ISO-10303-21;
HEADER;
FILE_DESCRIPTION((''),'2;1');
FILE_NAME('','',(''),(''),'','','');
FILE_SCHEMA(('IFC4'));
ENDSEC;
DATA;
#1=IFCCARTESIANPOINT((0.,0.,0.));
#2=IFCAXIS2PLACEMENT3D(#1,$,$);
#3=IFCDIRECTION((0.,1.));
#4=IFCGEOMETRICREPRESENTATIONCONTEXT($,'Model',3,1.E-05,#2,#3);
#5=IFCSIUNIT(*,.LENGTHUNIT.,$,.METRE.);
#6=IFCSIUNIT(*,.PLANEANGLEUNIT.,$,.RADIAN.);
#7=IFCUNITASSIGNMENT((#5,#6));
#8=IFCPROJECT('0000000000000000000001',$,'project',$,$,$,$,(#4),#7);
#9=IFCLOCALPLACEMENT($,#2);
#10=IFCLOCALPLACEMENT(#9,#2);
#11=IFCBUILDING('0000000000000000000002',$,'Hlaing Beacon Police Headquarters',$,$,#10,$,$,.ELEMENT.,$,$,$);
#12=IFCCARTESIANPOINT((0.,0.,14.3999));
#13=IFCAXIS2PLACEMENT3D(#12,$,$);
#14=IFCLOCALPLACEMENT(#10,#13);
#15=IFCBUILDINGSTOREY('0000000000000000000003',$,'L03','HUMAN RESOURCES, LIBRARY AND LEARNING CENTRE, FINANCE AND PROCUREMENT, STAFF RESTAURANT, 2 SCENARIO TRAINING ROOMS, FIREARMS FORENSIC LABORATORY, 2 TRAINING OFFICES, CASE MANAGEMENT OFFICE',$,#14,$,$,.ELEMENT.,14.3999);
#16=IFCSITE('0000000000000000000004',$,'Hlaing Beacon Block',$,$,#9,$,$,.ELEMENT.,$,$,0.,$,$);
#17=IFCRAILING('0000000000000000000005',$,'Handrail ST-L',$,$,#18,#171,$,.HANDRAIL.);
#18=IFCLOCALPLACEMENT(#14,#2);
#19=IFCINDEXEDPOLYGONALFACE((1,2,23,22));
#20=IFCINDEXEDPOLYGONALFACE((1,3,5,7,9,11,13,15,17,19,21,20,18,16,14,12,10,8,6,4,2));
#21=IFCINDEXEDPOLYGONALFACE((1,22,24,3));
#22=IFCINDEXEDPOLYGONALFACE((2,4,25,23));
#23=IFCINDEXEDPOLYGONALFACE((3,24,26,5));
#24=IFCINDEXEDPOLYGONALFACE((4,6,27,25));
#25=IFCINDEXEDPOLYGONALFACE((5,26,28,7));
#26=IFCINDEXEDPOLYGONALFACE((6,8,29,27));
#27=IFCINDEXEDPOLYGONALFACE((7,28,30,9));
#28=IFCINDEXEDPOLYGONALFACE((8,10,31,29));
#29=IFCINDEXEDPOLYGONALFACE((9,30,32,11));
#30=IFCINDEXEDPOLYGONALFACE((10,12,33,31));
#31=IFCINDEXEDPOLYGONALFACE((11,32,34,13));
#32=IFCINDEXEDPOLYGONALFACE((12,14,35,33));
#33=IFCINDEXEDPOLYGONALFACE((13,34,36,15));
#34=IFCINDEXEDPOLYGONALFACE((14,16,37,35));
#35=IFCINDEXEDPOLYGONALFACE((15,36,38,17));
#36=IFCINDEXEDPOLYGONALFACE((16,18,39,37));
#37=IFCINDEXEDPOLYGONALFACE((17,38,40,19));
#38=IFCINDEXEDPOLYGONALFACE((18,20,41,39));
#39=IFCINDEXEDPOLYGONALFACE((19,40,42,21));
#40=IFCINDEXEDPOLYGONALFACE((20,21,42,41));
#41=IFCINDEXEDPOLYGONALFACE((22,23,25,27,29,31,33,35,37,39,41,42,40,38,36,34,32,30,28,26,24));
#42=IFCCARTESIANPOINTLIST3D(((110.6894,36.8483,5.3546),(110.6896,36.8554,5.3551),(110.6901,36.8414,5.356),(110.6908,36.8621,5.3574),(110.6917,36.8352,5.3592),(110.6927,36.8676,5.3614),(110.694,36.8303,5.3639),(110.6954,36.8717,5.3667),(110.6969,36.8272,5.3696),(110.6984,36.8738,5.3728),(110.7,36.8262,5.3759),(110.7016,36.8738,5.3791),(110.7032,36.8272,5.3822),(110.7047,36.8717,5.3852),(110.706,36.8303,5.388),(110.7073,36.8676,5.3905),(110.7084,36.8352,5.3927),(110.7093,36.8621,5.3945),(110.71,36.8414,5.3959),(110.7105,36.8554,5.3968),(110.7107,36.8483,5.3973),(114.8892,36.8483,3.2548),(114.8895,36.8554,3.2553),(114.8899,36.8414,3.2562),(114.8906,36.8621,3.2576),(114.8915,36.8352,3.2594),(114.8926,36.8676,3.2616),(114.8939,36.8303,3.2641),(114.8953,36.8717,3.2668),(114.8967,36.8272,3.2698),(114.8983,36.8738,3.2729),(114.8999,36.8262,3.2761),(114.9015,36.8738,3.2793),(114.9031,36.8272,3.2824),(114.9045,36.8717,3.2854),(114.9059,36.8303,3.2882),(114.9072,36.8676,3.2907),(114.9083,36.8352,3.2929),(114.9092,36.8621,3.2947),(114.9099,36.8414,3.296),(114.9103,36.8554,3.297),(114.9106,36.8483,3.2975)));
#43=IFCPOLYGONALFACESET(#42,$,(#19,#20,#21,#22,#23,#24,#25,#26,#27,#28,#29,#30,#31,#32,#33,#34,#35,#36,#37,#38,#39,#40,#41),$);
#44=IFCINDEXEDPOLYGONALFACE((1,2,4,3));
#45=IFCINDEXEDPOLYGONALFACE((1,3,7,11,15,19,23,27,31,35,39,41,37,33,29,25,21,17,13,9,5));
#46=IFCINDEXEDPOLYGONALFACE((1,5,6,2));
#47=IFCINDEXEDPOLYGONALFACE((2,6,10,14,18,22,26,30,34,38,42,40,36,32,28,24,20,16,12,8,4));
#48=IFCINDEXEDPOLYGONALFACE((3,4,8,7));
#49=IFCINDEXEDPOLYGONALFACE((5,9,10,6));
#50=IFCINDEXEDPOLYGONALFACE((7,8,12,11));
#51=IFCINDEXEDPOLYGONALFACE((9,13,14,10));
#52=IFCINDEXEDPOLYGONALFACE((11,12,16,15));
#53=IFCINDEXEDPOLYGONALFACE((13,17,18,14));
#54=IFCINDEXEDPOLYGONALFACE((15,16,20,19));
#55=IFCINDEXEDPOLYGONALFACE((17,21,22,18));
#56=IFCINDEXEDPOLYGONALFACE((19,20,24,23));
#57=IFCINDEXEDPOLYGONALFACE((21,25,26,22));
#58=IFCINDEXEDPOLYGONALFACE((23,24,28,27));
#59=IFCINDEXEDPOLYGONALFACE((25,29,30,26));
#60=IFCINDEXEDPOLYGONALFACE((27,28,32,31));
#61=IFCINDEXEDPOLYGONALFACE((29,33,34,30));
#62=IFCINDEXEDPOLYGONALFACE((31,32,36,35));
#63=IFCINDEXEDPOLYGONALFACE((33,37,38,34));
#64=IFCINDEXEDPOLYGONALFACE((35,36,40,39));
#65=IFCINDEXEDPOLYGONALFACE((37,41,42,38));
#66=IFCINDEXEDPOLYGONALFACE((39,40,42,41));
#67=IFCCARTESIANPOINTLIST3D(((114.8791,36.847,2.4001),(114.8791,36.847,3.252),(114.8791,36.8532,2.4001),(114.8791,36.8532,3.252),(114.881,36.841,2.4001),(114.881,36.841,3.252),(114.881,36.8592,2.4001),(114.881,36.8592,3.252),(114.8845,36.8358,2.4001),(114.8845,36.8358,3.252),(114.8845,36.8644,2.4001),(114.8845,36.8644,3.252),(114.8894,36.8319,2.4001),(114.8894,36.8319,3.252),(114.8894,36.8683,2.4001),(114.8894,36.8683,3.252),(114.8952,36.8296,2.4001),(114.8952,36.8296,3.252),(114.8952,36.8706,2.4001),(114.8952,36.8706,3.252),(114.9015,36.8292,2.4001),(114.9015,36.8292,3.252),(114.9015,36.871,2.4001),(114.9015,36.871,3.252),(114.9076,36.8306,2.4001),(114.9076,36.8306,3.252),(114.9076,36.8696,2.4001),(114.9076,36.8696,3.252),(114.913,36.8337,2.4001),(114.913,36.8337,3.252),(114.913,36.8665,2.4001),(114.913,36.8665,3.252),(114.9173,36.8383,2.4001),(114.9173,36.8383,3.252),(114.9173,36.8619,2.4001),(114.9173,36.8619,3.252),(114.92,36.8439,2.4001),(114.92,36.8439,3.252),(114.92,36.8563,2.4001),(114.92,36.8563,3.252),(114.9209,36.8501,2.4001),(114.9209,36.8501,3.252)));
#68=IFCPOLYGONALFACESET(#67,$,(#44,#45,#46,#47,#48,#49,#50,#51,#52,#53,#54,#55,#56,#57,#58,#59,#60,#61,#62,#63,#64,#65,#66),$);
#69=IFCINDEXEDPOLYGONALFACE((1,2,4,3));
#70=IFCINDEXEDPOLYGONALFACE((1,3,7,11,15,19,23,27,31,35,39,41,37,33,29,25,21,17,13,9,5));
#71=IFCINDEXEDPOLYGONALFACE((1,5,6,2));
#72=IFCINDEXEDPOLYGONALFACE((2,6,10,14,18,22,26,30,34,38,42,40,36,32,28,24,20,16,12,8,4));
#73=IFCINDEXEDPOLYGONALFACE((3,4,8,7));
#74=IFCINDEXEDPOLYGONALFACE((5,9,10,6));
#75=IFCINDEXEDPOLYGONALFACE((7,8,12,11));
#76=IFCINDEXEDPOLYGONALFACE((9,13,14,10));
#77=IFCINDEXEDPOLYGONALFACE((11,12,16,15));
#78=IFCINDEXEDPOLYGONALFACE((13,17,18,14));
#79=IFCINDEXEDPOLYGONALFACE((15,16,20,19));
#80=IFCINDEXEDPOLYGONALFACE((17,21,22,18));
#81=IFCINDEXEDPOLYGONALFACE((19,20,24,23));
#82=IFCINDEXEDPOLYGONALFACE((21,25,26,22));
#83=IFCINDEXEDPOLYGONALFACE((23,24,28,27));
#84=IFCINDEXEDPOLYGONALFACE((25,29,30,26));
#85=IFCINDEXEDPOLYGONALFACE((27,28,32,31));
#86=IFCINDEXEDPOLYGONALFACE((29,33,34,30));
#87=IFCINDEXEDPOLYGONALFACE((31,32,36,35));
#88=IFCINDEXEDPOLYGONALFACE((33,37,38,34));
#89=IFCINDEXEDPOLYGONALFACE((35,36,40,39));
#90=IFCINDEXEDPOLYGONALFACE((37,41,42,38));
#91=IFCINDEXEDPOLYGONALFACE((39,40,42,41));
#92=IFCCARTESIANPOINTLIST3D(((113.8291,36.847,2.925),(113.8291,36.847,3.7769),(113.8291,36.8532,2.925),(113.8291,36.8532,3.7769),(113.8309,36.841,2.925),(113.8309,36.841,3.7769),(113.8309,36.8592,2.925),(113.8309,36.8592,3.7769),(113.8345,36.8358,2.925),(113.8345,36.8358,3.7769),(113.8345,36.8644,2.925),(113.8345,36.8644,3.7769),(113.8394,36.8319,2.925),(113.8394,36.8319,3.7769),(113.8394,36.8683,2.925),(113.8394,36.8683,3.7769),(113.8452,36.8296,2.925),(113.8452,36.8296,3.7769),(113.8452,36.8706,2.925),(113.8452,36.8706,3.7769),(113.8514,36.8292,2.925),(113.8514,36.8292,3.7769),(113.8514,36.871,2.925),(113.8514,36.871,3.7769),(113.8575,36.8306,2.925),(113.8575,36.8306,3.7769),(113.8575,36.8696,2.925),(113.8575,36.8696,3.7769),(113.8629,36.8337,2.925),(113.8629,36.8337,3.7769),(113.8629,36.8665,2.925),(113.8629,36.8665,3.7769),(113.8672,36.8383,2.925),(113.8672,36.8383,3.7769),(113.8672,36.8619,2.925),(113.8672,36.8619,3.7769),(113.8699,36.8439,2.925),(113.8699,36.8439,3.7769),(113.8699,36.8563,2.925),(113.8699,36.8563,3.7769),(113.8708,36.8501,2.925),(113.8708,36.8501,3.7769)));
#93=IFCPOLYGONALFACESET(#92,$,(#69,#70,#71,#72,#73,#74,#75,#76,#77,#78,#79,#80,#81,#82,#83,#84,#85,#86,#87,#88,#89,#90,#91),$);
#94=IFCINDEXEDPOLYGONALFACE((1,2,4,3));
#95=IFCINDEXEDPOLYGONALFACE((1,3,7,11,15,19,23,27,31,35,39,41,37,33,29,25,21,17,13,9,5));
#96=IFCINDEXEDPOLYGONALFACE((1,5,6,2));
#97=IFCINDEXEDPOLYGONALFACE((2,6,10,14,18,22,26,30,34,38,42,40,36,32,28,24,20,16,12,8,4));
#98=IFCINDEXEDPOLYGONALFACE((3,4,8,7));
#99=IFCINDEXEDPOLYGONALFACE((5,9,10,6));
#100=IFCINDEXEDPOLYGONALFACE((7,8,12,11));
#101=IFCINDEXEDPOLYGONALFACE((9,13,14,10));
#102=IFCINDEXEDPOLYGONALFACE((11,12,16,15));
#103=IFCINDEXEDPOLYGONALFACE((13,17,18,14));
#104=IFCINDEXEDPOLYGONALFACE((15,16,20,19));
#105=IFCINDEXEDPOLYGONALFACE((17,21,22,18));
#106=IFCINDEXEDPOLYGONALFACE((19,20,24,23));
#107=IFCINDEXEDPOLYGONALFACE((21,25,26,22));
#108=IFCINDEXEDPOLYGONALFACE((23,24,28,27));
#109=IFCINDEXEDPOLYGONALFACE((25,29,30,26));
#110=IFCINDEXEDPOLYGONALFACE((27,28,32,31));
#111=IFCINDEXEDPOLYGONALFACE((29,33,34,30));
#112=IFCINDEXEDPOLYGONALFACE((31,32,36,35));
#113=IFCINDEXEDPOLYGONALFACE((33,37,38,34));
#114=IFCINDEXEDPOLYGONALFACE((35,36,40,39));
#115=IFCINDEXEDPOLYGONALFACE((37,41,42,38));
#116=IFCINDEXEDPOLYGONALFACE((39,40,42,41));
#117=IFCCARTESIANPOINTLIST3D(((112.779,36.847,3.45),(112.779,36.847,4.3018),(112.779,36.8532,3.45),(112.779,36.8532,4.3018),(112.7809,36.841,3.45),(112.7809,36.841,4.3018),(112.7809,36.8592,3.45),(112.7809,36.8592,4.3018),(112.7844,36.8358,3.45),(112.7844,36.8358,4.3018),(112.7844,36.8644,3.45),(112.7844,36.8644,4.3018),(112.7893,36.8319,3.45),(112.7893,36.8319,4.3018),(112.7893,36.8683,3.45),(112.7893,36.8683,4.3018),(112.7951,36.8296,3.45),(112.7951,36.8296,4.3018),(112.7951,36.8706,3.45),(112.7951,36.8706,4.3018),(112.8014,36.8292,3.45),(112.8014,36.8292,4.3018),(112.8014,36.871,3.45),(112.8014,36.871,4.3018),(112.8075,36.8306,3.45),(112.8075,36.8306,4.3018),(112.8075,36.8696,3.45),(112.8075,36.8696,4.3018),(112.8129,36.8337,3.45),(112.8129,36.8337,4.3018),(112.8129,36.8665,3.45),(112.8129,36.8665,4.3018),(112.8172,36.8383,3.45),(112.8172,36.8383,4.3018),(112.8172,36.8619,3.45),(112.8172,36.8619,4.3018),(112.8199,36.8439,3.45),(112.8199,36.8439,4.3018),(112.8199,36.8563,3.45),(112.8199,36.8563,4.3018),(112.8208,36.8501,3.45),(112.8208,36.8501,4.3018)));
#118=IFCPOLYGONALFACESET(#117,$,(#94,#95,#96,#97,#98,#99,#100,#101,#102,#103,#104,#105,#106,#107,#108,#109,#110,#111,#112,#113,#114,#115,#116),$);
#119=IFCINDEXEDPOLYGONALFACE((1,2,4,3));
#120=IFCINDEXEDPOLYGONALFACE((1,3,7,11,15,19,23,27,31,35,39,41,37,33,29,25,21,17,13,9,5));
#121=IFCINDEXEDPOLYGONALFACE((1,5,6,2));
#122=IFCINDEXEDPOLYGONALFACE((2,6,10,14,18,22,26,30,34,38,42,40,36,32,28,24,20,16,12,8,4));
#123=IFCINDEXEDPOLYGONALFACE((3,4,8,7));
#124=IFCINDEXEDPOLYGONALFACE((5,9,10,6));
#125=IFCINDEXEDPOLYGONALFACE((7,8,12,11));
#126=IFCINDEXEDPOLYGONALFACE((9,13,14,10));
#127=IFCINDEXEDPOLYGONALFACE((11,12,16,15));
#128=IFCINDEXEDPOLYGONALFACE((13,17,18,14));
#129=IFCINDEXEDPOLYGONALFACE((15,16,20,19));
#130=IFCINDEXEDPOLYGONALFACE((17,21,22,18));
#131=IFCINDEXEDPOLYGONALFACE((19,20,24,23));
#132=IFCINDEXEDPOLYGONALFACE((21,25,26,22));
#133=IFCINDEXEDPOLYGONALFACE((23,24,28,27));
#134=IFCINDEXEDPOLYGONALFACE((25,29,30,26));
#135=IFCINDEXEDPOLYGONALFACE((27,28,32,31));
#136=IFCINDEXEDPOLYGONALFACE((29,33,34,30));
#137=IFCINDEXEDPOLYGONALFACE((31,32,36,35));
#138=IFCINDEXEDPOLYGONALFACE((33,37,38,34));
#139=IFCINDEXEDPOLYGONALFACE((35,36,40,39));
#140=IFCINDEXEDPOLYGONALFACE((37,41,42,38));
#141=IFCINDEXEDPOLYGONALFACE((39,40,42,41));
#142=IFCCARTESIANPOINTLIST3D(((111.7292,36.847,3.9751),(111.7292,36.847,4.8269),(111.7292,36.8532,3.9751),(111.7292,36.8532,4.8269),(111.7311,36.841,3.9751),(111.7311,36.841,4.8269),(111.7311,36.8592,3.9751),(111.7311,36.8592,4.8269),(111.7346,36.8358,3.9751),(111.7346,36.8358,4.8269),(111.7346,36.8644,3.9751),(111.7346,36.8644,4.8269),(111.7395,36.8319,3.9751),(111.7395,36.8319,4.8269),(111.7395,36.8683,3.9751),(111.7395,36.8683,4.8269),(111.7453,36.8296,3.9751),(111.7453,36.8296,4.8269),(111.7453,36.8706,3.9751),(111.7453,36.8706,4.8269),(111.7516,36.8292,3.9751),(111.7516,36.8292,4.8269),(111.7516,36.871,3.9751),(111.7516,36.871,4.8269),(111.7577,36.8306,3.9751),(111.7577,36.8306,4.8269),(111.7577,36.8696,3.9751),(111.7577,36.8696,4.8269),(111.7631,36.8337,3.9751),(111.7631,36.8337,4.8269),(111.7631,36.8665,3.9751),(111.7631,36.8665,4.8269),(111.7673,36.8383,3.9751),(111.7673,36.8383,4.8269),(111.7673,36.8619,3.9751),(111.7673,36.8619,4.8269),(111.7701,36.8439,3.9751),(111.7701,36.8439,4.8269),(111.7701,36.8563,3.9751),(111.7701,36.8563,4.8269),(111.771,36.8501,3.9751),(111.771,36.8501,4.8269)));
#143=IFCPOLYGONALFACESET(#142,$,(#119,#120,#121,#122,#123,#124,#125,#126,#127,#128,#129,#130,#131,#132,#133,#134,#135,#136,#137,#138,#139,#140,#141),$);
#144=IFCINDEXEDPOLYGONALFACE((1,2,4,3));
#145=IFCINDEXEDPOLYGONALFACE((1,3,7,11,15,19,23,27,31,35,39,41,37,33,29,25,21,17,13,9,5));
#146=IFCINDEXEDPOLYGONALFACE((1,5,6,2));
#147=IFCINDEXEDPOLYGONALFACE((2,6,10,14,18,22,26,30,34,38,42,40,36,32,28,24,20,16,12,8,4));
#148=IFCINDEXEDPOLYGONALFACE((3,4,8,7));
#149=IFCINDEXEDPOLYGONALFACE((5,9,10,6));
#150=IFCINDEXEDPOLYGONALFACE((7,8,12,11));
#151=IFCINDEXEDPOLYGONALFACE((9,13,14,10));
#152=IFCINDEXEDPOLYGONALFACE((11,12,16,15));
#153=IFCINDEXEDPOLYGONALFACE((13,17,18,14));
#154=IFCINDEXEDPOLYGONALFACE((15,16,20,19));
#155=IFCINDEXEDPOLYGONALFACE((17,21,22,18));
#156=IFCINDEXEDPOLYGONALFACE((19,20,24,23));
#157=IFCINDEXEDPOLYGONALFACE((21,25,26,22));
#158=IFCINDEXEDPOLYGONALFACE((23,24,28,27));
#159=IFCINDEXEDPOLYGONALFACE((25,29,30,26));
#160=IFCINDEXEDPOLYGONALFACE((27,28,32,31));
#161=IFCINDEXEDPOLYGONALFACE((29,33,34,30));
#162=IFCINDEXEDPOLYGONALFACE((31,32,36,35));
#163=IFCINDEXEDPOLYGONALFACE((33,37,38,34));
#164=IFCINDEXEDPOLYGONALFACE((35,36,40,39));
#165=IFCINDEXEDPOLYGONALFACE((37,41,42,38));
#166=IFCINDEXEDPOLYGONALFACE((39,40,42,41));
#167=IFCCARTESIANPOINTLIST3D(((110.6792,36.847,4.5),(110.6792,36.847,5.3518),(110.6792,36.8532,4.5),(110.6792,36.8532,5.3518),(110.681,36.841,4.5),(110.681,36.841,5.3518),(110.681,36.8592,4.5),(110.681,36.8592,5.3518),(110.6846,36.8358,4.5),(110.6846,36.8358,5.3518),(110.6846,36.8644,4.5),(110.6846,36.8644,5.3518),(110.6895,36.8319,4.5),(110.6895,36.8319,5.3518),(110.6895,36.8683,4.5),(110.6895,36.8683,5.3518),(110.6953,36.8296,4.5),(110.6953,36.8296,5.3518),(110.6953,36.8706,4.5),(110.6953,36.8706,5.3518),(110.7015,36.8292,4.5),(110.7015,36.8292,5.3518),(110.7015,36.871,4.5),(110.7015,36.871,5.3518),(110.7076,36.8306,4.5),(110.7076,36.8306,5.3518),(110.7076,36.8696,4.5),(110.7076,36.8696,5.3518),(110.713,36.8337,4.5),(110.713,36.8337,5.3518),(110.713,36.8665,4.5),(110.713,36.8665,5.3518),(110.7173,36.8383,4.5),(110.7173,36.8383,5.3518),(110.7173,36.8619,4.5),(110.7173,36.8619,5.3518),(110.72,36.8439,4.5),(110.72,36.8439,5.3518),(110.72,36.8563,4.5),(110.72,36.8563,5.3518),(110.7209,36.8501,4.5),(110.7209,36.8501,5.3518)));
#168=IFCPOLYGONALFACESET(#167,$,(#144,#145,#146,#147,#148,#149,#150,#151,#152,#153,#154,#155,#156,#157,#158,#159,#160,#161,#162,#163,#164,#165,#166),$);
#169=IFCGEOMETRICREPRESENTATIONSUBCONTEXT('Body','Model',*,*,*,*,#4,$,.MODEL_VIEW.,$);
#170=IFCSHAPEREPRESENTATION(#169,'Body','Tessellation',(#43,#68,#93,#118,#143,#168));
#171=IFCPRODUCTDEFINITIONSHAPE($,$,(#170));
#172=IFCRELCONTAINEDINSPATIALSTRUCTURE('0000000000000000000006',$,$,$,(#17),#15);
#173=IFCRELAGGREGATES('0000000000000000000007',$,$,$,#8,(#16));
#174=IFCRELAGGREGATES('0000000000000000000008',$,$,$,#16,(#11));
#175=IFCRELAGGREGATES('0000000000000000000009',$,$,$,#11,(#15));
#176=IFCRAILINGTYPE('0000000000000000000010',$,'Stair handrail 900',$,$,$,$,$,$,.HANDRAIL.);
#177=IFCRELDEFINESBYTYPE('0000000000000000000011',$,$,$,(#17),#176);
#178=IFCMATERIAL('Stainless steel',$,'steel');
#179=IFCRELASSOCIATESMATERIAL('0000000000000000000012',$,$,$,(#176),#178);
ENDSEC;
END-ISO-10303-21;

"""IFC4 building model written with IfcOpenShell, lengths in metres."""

from ifc_helpers import new_model, si_unit, direction, frame, origin, origin_2d, place, context, subcontext, project, spatial, circle, extrude, material, type_object, element, save


model = new_model("IFC4")

# Units and contexts
model_context = context("Model", 3, precision=1e-05, world=origin(), true_north=direction((0.0, 1.0)))
body_context = subcontext(model_context, "Body", "Model", "MODEL_VIEW")
ifc_project = project(units=[si_unit("LENGTHUNIT", "METRE"), si_unit("PLANEANGLEUNIT", "RADIAN")], contexts=[model_context])

# Site, building, storey
site_placement = place(None, origin())
site = spatial("IfcSite", under=ifc_project, at=site_placement, Name="Hlaing Beacon Block", CompositionType="ELEMENT", RefElevation=0.0)
building_placement = place(site_placement, origin())
building = spatial("IfcBuilding", under=site, at=building_placement, Name="Hlaing Beacon Police Headquarters", CompositionType="ELEMENT")
storey_placement = place(building_placement, frame((0.0, 0.0, 14.3999)))
storey = spatial("IfcBuildingStorey", under=building, at=storey_placement, Name="L03", Description="HUMAN RESOURCES, LIBRARY AND LEARNING CENTRE, FINANCE AND PROCUREMENT, STAFF RESTAURANT, 2 SCENARIO TRAINING ROOMS, FIREARMS FORENSIC LABORATORY, 2 TRAINING OFFICES, CASE MANAGEMENT OFFICE", CompositionType="ELEMENT", Elevation=14.3999)

# Railing
ifc_material_1 = material(Name="Stainless steel", Category="steel")
railing_type_1 = type_object("IfcRailingType", Name="Stair handrail 900", PredefinedType="HANDRAIL", material=ifc_material_1)
for number, where, name in (
    (1, (114.8999, 36.8501, 2.4001), "Handrail ST-L"),
):
    element("IfcRailing", number, at=place(storey_placement, frame(where)), inside=storey, type_object=railing_type_1, Name=name, PredefinedType="HANDRAIL", context=body_context, shape_type="SweptSolid", body=[
        extrude(circle(Radius=0.0239, at=origin_2d()), frame((0.0, 0.0, 0.876), z_axis=(-0.894438, 0.0, 0.447193), x_axis=(0.0, -1.0, 0.0)), (0.0, 0.0, 1.0), 4.6956),
        extrude(circle(Radius=0.021, at=origin_2d()), origin(), (0.0, 0.0, 1.0), 0.8518),
        extrude(circle(Radius=0.021, at=origin_2d()), frame((-1.05, 0.0, 0.5249)), (0.0, 0.0, 1.0), 0.8518),
        extrude(circle(Radius=0.021, at=origin_2d()), frame((-2.1001, 0.0, 1.0498)), (0.0, 0.0, 1.0), 0.8518),
        extrude(circle(Radius=0.021, at=origin_2d()), frame((-3.1499, 0.0, 1.575)), (0.0, 0.0, 1.0), 0.8518),
        extrude(circle(Radius=0.021, at=origin_2d()), frame((-4.2, 0.0, 2.0999)), (0.0, 0.0, 1.0), 0.8518),
    ])

save(model, "model.ifc")
